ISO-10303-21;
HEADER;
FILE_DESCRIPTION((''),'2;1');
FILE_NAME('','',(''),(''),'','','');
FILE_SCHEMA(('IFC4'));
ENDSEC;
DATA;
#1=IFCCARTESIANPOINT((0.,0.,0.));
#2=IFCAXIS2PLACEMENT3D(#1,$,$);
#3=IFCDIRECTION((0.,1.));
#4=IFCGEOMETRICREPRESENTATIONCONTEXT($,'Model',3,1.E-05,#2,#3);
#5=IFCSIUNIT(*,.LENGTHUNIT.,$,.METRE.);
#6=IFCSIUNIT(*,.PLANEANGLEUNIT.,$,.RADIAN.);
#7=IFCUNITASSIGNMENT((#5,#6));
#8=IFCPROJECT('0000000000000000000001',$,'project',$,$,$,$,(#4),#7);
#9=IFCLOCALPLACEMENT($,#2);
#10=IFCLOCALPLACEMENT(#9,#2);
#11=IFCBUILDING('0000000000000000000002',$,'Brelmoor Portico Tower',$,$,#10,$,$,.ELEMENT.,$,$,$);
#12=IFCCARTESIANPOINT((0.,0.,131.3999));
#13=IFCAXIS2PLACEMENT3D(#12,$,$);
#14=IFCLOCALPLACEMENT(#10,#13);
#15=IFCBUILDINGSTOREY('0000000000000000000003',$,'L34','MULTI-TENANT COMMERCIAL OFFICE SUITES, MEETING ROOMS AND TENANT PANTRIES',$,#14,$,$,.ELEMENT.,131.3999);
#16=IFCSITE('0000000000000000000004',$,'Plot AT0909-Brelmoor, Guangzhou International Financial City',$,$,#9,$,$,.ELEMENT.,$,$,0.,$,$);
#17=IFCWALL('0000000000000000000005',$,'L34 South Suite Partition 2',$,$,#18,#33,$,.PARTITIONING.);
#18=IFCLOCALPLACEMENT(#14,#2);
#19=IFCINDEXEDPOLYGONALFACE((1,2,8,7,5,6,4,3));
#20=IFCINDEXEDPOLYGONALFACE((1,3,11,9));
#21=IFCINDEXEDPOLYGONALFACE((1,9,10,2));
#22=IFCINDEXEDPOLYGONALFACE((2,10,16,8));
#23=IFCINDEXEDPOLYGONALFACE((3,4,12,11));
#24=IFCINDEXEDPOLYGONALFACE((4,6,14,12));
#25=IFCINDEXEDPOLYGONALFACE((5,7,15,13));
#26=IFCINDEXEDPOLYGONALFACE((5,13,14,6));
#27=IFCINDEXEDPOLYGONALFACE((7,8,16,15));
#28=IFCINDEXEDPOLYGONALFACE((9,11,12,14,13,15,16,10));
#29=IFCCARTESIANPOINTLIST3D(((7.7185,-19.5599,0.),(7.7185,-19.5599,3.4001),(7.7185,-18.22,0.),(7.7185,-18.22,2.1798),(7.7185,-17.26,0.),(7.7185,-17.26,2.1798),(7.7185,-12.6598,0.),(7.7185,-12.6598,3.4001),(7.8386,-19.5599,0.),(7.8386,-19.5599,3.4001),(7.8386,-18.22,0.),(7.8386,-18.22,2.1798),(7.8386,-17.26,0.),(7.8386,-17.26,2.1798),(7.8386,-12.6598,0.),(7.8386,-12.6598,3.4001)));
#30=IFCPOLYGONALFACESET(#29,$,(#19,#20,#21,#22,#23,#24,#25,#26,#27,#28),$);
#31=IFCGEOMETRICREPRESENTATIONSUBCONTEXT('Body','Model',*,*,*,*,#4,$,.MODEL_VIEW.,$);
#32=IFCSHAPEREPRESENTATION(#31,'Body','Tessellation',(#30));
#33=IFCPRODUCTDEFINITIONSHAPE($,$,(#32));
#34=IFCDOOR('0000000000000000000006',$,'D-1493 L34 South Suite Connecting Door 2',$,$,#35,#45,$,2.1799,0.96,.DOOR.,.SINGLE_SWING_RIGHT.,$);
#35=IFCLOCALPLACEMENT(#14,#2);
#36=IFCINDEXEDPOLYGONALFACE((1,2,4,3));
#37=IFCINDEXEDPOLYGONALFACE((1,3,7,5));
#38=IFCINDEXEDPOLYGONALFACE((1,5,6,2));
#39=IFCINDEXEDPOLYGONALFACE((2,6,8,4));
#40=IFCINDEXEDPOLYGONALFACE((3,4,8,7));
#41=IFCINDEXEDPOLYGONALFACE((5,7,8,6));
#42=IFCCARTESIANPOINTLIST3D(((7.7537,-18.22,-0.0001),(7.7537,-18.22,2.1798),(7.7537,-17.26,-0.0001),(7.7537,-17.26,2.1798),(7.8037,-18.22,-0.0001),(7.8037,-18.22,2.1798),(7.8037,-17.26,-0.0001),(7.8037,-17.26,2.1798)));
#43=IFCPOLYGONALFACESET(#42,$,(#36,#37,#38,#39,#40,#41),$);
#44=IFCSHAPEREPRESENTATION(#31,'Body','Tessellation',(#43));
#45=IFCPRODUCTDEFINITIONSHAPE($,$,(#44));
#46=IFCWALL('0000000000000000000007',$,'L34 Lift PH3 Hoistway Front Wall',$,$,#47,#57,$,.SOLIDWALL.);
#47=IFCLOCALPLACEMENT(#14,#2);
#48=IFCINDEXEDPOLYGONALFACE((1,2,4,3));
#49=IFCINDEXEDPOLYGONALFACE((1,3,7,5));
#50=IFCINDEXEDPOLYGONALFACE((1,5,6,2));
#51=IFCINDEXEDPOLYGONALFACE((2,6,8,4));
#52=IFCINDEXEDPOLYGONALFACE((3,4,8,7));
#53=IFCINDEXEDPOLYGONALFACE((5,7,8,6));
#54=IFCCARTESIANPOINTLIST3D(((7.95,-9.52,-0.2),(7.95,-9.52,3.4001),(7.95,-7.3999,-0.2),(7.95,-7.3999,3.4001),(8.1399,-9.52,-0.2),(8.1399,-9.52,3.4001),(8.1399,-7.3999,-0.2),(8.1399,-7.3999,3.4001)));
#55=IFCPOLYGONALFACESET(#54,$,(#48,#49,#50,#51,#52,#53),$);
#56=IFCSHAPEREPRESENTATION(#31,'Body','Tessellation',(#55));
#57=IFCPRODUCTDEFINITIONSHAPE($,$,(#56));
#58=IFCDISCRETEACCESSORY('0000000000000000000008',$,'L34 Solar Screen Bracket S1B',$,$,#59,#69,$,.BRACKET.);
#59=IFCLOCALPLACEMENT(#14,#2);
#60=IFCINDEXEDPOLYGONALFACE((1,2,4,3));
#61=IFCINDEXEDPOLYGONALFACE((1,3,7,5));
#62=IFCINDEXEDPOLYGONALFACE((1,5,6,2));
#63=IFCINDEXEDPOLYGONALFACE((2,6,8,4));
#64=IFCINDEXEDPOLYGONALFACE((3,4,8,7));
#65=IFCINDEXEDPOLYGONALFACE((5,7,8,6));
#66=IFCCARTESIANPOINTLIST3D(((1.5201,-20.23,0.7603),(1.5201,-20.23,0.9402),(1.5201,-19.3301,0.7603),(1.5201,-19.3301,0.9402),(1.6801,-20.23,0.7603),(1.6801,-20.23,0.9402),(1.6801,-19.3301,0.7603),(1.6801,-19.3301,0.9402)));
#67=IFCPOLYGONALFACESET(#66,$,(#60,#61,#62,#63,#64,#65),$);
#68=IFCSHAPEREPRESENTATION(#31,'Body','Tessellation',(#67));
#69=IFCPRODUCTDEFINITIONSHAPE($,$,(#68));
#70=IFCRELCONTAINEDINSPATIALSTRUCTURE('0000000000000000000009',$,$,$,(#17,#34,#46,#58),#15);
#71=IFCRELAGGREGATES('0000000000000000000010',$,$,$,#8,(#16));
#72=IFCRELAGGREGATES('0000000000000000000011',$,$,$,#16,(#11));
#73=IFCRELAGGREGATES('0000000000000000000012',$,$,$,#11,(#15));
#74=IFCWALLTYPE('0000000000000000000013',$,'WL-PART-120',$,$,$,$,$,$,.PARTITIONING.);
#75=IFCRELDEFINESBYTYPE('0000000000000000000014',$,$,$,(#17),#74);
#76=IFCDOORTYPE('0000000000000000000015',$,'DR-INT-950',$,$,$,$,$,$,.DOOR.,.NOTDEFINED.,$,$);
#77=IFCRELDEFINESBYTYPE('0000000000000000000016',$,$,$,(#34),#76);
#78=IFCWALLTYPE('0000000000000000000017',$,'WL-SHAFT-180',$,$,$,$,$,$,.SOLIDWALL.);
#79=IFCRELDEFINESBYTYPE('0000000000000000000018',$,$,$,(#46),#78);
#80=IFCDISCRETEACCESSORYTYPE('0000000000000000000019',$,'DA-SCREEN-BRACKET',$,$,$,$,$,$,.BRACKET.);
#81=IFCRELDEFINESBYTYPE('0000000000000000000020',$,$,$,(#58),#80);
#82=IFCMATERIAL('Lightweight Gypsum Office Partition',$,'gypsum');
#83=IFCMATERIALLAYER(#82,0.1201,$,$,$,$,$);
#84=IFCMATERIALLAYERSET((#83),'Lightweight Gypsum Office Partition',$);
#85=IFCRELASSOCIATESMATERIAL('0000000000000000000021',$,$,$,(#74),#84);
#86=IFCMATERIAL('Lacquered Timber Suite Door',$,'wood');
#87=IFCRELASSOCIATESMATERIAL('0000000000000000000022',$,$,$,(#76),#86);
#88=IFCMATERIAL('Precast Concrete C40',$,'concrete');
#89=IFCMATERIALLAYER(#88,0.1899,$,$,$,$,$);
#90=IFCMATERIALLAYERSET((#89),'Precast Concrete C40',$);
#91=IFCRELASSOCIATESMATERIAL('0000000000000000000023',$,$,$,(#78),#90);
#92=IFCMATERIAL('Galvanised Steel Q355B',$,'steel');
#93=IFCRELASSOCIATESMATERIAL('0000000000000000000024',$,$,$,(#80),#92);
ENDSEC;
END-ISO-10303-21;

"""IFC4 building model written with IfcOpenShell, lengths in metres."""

from ifc_helpers import new_model, si_unit, direction, frame, frame_2d, origin, origin_2d, place, context, subcontext, project, spatial, rectangle, extrude, material, layer, layer_set, type_object, element, fill, save


model = new_model("IFC4")

# Units and contexts
model_context = context("Model", 3, precision=1e-05, world=origin(), true_north=direction((0.0, 1.0)))
body_context = subcontext(model_context, "Body", "Model", "MODEL_VIEW")
ifc_project = project(units=[si_unit("LENGTHUNIT", "METRE"), si_unit("PLANEANGLEUNIT", "RADIAN")], contexts=[model_context])

# Site, building, storey
site_placement = place(None, origin())
site = spatial("IfcSite", under=ifc_project, at=site_placement, Name="Plot AT0909-Brelmoor, Guangzhou International Financial City", CompositionType="ELEMENT", RefElevation=0.0)
building_placement = place(site_placement, origin())
building = spatial("IfcBuilding", under=site, at=building_placement, Name="Brelmoor Portico Tower", CompositionType="ELEMENT")
storey_placement = place(building_placement, frame((0.0, 0.0, 131.3999)))
storey = spatial("IfcBuildingStorey", under=building, at=storey_placement, Name="L34", Description="MULTI-TENANT COMMERCIAL OFFICE SUITES, MEETING ROOMS AND TENANT PANTRIES", CompositionType="ELEMENT", Elevation=131.3999)

# Wall, opening, door
ifc_material_1 = material(Name="Lightweight Gypsum Office Partition", Category="gypsum")
ifc_layer_1 = layer(ifc_material_1, 0.1201)
ifc_layer_set_1 = layer_set([ifc_layer_1], Name="Lightweight Gypsum Office Partition")
wall_type_1 = type_object("IfcWallType", Name="WL-PART-120", PredefinedType="PARTITIONING", material=ifc_layer_set_1)
wall_1_placement = place(storey_placement, frame((7.7786, -19.5601, 0.0), z_axis=(0.0, 0.0, 1.0), x_axis=(0.0, 1.0, 0.0)))
wall_1 = element("IfcWall", 1, at=wall_1_placement, inside=storey, type_object=wall_type_1, Name="L34 South Suite Partition 2", PredefinedType="PARTITIONING", context=body_context, shape_type="SweptSolid", body=[
    extrude(rectangle(XDim=6.9001, YDim=0.1201, at=frame_2d((3.4502, 0.0))), origin(), (0.0, 0.0, 1.0), 3.4001),
])
opening_placement = place(wall_1_placement, frame((1.3401, 0.0, 0.0)))
opening = element("IfcOpeningElement", 2, at=opening_placement, cuts=wall_1, PredefinedType="OPENING", context=body_context, shape_type="SweptSolid", body=[
    extrude(rectangle(XDim=0.96, YDim=2.1799, at=frame_2d((0.48, 1.0898))), frame((0.0, 0.0701, 0.0), z_axis=(0.0, -1.0, 0.0), x_axis=(1.0, 0.0, 0.0)), (0.0, 0.0, 1.0), 0.1401),
])
ifc_material_2 = material(Name="Lacquered Timber Suite Door", Category="wood")
door_type = type_object("IfcDoorType", Name="DR-INT-950", OperationType="NOTDEFINED", PredefinedType="DOOR", material=ifc_material_2)
door_placement = place(opening_placement, origin())
door = element("IfcDoor", 3, at=door_placement, inside=storey, type_object=door_type, Name="D-1493 L34 South Suite Connecting Door 2", OperationType="SINGLE_SWING_RIGHT", OverallHeight=2.1799, OverallWidth=0.96, PredefinedType="DOOR", context=body_context, shape_type="SweptSolid", body=[
    extrude(rectangle(XDim=0.96, YDim=2.1799, at=frame_2d((0.48, 1.0898))), frame((0.0, 0.0249, 0.0), z_axis=(0.0, -1.0, 0.0), x_axis=(1.0, 0.0, 0.0)), (0.0, 0.0, 1.0), 0.05),
])
fill(opening, door)

# Wall
ifc_material_3 = material(Name="Precast Concrete C40", Category="concrete")
ifc_layer_2 = layer(ifc_material_3, 0.1899)
ifc_layer_set_2 = layer_set([ifc_layer_2], Name="Precast Concrete C40")
wall_type_2 = type_object("IfcWallType", Name="WL-SHAFT-180", PredefinedType="SOLIDWALL", material=ifc_layer_set_2)
wall_2_placement = place(storey_placement, frame((8.0449, -9.52, -0.2), z_axis=(0.0, 0.0, 1.0), x_axis=(0.0, 1.0, 0.0)))
element("IfcWall", 4, at=wall_2_placement, inside=storey, type_object=wall_type_2, Name="L34 Lift PH3 Hoistway Front Wall", PredefinedType="SOLIDWALL", context=body_context, shape_type="SweptSolid", body=[
    extrude(rectangle(XDim=2.1201, YDim=0.1899, at=frame_2d((1.0601, 0.0))), origin(), (0.0, 0.0, 1.0), 3.6001),
])

# Discrete accessory
ifc_material_4 = material(Name="Galvanised Steel Q355B", Category="steel")
discrete_accessory_type = type_object("IfcDiscreteAccessoryType", Name="DA-SCREEN-BRACKET", PredefinedType="BRACKET", material=ifc_material_4)
discrete_accessory_placement = place(storey_placement, frame((1.6001, -19.78, 0.7603), z_axis=(0.0, 0.0, 1.0), x_axis=(1.0, 0.0, 0.0)))
element("IfcDiscreteAccessory", 5, at=discrete_accessory_placement, inside=storey, type_object=discrete_accessory_type, Name="L34 Solar Screen Bracket S1B", PredefinedType="BRACKET", context=body_context, shape_type="SweptSolid", body=[
    extrude(rectangle(XDim=0.1599, YDim=0.8999, at=origin_2d()), origin(), (0.0, 0.0, 1.0), 0.1799),
])

save(model, "model.ifc")
